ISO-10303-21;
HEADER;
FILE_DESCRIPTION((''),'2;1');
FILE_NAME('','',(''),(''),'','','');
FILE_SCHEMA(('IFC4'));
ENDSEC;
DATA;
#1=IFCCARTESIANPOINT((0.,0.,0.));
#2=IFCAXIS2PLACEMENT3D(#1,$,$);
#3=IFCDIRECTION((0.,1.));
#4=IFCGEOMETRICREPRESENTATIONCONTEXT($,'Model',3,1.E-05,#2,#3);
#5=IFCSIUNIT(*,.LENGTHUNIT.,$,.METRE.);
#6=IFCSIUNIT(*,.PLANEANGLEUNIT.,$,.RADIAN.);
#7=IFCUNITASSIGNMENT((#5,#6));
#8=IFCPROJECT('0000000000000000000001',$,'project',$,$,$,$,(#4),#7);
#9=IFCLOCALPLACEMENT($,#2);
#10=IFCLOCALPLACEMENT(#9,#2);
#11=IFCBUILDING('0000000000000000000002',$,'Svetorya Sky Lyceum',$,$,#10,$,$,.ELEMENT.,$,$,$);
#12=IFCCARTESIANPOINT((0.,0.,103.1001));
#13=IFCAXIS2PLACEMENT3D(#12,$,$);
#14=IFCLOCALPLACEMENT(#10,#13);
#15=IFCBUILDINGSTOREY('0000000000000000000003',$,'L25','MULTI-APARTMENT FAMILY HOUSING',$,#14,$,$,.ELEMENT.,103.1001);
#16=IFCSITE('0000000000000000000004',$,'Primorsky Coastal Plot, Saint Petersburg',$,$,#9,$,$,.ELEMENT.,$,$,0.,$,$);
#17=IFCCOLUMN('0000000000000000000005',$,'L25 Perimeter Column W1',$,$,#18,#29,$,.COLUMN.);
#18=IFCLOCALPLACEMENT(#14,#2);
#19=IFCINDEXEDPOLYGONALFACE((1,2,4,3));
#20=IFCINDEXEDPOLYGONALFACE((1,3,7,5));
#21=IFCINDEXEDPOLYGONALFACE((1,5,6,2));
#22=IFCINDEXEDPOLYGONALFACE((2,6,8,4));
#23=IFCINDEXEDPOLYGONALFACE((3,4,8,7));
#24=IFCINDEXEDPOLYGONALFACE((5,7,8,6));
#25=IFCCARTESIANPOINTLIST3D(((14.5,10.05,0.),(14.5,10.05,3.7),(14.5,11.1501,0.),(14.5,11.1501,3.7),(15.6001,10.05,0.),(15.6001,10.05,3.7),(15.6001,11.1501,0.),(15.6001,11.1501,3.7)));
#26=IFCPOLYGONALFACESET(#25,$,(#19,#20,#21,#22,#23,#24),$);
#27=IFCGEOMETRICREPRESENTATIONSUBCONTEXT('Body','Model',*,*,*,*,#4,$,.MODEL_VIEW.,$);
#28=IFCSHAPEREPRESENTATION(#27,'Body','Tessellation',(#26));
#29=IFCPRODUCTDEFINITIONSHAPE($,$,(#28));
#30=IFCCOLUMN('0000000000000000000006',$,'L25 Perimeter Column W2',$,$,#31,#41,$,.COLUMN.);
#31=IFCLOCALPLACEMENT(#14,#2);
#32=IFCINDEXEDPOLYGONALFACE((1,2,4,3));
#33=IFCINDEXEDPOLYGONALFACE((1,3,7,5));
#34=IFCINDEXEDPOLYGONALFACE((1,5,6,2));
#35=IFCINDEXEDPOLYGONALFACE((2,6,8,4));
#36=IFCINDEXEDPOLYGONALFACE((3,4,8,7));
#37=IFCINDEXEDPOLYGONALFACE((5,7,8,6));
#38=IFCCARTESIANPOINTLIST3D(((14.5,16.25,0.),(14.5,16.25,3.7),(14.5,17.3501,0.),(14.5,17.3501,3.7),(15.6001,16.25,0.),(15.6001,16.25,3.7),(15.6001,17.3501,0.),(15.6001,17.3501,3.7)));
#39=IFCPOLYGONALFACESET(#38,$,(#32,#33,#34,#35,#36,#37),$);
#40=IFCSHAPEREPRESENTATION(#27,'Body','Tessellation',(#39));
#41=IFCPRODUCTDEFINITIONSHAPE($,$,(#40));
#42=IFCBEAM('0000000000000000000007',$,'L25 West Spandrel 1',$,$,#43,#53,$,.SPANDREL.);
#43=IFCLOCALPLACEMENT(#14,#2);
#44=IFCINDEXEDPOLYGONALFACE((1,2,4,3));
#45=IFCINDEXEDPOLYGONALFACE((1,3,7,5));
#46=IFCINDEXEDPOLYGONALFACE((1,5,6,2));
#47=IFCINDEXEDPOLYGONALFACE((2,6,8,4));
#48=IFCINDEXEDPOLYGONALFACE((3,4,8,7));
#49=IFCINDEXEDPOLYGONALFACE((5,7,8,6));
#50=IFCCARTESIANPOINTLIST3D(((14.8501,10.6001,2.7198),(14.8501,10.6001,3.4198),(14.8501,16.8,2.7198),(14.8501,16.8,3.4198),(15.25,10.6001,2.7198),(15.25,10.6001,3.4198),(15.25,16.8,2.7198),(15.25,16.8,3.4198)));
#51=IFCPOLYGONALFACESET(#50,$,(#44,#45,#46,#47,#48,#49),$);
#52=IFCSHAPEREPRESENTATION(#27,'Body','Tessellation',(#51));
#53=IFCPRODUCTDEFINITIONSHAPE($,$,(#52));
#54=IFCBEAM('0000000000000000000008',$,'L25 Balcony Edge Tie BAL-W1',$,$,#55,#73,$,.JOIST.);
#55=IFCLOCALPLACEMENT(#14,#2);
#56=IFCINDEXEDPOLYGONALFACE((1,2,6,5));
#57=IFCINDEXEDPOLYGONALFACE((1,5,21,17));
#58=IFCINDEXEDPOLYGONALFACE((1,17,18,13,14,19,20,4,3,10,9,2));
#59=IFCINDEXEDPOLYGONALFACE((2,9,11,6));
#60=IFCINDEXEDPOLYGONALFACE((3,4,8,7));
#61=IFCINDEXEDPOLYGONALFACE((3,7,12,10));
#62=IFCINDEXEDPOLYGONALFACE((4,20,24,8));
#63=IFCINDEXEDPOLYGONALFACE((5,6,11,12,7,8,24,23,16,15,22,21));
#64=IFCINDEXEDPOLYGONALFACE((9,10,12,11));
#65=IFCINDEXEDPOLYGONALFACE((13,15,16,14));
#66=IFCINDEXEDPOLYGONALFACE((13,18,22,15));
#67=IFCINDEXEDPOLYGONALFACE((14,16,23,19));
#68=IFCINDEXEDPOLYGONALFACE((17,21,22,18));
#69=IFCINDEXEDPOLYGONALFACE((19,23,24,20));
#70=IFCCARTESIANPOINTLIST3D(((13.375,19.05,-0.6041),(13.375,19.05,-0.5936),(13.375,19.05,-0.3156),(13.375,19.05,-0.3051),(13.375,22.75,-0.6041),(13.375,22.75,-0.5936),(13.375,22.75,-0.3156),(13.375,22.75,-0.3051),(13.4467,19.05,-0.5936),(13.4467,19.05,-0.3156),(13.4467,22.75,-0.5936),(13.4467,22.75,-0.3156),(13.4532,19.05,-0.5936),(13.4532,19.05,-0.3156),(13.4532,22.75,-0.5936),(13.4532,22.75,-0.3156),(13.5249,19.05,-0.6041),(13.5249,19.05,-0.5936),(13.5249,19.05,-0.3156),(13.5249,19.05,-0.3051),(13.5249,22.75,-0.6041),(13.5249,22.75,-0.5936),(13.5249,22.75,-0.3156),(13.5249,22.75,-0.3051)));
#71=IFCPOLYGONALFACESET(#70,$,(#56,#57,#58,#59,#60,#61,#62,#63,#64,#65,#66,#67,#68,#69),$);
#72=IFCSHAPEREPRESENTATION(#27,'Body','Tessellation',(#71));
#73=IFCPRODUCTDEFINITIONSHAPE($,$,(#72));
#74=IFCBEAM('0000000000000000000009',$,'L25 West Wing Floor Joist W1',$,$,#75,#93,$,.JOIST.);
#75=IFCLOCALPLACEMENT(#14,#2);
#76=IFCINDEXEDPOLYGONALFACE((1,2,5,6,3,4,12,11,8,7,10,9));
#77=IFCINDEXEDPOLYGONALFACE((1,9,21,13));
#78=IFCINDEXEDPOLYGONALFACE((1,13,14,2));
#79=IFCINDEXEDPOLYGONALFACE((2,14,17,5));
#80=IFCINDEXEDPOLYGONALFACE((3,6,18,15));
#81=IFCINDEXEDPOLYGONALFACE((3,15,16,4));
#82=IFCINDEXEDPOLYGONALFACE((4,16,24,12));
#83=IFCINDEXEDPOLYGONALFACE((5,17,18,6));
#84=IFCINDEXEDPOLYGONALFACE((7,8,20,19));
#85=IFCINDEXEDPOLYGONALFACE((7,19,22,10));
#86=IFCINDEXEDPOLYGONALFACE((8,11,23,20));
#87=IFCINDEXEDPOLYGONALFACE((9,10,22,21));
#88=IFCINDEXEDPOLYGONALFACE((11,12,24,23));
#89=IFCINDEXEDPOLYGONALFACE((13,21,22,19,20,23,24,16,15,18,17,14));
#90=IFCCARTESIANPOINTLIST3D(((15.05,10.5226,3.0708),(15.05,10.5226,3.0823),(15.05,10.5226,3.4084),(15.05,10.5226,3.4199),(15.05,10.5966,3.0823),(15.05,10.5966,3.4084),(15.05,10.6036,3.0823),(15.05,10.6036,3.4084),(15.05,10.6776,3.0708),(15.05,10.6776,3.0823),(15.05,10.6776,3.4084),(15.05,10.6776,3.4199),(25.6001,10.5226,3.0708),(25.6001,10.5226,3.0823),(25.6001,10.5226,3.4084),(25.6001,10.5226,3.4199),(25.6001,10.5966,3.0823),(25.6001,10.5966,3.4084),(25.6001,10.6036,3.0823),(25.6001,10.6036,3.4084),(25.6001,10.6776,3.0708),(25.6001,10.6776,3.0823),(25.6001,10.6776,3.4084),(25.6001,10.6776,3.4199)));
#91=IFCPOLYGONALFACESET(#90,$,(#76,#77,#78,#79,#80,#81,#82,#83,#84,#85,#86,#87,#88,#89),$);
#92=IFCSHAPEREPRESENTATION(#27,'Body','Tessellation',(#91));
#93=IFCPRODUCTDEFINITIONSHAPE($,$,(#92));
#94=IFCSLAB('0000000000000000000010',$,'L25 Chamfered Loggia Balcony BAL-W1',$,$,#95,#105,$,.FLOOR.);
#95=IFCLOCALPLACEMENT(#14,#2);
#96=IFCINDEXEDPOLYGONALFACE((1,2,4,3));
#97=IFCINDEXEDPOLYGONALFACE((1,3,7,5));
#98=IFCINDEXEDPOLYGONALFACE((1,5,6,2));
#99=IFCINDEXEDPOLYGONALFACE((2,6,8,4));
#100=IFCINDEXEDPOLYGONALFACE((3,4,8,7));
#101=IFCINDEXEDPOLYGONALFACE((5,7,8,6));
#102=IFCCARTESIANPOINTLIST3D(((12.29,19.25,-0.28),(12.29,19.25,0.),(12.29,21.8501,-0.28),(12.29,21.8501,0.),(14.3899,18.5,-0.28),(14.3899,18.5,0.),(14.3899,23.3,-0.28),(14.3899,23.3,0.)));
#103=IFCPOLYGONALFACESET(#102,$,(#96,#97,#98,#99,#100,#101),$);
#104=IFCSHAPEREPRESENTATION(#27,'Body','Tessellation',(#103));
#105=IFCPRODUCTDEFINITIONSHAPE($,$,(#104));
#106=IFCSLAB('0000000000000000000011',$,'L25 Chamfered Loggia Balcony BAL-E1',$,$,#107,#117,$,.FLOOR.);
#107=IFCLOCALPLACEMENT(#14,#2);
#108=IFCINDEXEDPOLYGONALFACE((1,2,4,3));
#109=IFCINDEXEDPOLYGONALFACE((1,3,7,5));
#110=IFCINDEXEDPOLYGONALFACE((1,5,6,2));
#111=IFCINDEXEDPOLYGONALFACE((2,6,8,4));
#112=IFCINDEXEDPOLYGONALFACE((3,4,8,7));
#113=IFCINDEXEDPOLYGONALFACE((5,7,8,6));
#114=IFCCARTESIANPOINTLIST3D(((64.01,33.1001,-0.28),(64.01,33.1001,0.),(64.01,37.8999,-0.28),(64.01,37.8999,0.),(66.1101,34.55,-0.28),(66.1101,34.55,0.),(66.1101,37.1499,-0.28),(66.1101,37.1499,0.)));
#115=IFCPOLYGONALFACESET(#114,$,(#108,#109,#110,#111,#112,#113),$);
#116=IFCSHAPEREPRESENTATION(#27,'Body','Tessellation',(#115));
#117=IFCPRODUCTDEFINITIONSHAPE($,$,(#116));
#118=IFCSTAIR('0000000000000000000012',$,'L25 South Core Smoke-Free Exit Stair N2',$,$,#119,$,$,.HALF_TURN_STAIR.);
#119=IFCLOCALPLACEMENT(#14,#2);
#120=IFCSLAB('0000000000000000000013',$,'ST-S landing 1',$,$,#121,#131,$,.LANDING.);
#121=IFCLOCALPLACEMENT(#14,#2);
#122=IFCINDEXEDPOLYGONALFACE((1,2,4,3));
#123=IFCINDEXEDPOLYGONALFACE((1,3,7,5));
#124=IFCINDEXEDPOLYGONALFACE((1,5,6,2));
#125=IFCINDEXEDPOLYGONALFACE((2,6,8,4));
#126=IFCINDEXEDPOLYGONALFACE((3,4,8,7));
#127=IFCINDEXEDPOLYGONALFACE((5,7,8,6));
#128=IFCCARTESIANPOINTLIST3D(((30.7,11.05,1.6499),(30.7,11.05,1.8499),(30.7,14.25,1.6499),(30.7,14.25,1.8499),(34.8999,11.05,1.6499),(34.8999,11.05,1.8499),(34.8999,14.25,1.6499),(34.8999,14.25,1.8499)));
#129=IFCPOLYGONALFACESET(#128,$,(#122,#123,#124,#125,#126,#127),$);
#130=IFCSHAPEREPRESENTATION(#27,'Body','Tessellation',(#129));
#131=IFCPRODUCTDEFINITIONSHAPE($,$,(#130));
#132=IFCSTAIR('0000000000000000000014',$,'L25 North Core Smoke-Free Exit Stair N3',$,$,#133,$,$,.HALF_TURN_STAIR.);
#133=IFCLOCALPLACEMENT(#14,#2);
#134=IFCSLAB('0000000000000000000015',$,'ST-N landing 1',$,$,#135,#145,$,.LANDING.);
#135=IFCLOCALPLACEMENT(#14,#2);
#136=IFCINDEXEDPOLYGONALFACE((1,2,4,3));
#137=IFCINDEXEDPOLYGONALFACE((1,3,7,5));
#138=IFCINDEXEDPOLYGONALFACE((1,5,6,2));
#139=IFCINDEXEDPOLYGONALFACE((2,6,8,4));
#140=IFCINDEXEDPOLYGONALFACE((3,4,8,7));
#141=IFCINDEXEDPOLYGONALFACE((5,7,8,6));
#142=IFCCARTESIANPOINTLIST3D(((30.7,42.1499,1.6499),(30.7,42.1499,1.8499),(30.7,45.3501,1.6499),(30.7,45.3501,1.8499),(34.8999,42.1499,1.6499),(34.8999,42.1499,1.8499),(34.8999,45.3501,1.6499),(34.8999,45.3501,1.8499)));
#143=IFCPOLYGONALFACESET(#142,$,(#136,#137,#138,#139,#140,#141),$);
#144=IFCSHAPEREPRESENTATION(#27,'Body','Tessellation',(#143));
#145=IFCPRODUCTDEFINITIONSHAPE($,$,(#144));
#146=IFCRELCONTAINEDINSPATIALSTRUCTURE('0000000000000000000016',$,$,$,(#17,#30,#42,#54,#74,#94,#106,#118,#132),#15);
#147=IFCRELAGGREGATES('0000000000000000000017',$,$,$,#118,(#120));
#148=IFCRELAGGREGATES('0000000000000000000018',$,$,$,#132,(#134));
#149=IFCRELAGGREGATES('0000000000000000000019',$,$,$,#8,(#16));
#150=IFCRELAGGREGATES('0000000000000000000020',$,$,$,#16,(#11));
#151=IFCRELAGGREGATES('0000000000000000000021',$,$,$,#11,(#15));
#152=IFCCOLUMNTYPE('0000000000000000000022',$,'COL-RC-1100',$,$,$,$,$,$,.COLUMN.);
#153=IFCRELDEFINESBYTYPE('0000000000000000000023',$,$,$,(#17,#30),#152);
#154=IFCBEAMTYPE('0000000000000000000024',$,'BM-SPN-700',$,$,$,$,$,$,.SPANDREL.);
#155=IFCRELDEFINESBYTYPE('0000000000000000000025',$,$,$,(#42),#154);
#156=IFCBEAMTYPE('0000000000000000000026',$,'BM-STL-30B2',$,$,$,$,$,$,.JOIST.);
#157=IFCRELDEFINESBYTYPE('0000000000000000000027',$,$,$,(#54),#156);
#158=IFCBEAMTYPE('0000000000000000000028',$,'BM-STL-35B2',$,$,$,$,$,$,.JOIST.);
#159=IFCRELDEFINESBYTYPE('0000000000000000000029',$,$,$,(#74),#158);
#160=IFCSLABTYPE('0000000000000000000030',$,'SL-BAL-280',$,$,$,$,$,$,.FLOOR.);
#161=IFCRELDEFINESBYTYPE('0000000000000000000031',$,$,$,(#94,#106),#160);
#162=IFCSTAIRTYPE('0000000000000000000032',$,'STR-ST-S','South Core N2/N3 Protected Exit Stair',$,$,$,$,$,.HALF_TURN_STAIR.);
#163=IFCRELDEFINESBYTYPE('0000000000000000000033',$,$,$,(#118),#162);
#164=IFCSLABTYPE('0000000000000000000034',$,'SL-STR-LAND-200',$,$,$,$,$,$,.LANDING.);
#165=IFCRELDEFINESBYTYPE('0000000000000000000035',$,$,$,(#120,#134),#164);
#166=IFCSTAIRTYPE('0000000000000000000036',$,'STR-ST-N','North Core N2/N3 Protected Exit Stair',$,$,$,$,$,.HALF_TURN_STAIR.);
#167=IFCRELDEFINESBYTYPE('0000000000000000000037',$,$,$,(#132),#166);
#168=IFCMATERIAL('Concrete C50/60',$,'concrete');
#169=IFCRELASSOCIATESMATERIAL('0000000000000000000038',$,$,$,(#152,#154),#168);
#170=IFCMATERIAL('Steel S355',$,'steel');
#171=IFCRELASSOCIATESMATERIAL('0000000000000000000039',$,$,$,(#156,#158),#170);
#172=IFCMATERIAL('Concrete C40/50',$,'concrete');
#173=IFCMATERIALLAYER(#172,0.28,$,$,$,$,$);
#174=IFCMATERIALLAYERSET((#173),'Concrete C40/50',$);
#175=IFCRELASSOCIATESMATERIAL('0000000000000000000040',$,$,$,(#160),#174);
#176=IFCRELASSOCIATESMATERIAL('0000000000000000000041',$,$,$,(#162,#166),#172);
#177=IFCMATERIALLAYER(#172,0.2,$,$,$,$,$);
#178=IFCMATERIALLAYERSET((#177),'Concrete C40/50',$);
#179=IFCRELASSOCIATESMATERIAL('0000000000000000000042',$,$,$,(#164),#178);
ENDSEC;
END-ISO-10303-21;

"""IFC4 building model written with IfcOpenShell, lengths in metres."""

from ifc_helpers import new_model, si_unit, direction, frame, origin, origin_2d, place, context, subcontext, project, spatial, polyline, rectangle, i_section, outline, extrude, material, layer, layer_set, material_profile, profile_set, type_object, element, aggregate, save


model = new_model("IFC4")

# Units and contexts
model_context = context("Model", 3, precision=1e-05, world=origin(), true_north=direction((0.0, 1.0)))
body_context = subcontext(model_context, "Body", "Model", "MODEL_VIEW")
ifc_project = project(units=[si_unit("LENGTHUNIT", "METRE"), si_unit("PLANEANGLEUNIT", "RADIAN")], contexts=[model_context])

# Site, building, storey
site_placement = place(None, origin())
site = spatial("IfcSite", under=ifc_project, at=site_placement, Name="Primorsky Coastal Plot, Saint Petersburg", CompositionType="ELEMENT", RefElevation=0.0)
building_placement = place(site_placement, origin())
building = spatial("IfcBuilding", under=site, at=building_placement, Name="Svetorya Sky Lyceum", CompositionType="ELEMENT")
storey_placement = place(building_placement, frame((0.0, 0.0, 103.1001)))
storey = spatial("IfcBuildingStorey", under=building, at=storey_placement, Name="L25", Description="MULTI-APARTMENT FAMILY HOUSING", CompositionType="ELEMENT", Elevation=103.1001)

# Columns
ifc_material_1 = material(Name="Concrete C50/60", Category="concrete")
ifc_material_profile_1 = material_profile(ifc_material_1, rectangle(XDim=1.1001, YDim=1.1001, at=origin_2d()), Name="RC COL 1100x1100")
ifc_profile_set_1 = profile_set([ifc_material_profile_1], Name="Concrete C50/60")
column_type = type_object("IfcColumnType", Name="COL-RC-1100", PredefinedType="COLUMN", material=ifc_profile_set_1)
for number, where, z_axis, x_axis, name in (
    (1, (15.05, 10.6001, 0.0), (0.0, 0.0, 1.0), (1.0, 0.0, 0.0), "L25 Perimeter Column W1"),
    (2, (15.05, 16.8, 0.0), (0.0, 0.0, 1.0), (1.0, 0.0, 0.0), "L25 Perimeter Column W2"),
):
    element("IfcColumn", number, at=place(storey_placement, frame(where, z_axis=z_axis, x_axis=x_axis)), inside=storey, type_object=column_type, Name=name, PredefinedType="COLUMN", context=body_context, shape_type="SweptSolid", body=[
        extrude(rectangle(XDim=1.1001, YDim=1.1001, at=origin_2d()), origin(), (0.0, 0.0, 1.0), 3.7),
    ])

# Beams
ifc_material_profile_2 = material_profile(ifc_material_1, rectangle(XDim=0.3999, YDim=0.7, at=origin_2d()), Name="RC SPANDREL 400x700")
ifc_profile_set_2 = profile_set([ifc_material_profile_2], Name="Concrete C50/60")
beam_type_1 = type_object("IfcBeamType", Name="BM-SPN-700", PredefinedType="SPANDREL", material=ifc_profile_set_2)
beam_1_placement = place(storey_placement, frame((15.05, 10.6001, 3.0698), z_axis=(0.0, 1.0, 0.0), x_axis=(-1.0, 0.0, 0.0)))
element("IfcBeam", 3, at=beam_1_placement, inside=storey, type_object=beam_type_1, Name="L25 West Spandrel 1", PredefinedType="SPANDREL", context=body_context, shape_type="SweptSolid", body=[
    extrude(rectangle(XDim=0.3999, YDim=0.7, at=origin_2d()), origin(), (0.0, 0.0, 1.0), 6.2),
])
ifc_material_2 = material(Name="Steel S355", Category="steel")
ifc_material_profile_3 = material_profile(ifc_material_2, i_section(OverallWidth=0.1499, OverallDepth=0.2991, WebThickness=0.0066, FlangeThickness=0.0105, at=origin_2d()), Name="GOST 30B2")
ifc_profile_set_3 = profile_set([ifc_material_profile_3], Name="Steel S355")
beam_type_2 = type_object("IfcBeamType", Name="BM-STL-30B2", PredefinedType="JOIST", material=ifc_profile_set_3)
beam_2_placement = place(storey_placement, frame((13.45, 19.05, -0.4546), z_axis=(0.0, 1.0, 0.0), x_axis=(-1.0, 0.0, 0.0)))
element("IfcBeam", 4, at=beam_2_placement, inside=storey, type_object=beam_type_2, Name="L25 Balcony Edge Tie BAL-W1", PredefinedType="JOIST", context=body_context, shape_type="SweptSolid", body=[
    extrude(i_section(OverallWidth=0.1499, OverallDepth=0.2991, WebThickness=0.0066, FlangeThickness=0.0105, at=origin_2d()), origin(), (0.0, 0.0, 1.0), 3.7),
])
ifc_material_profile_4 = material_profile(ifc_material_2, i_section(OverallWidth=0.155, OverallDepth=0.3491, WebThickness=0.0071, FlangeThickness=0.0115, at=origin_2d()), Name="GOST 35B2")
ifc_profile_set_4 = profile_set([ifc_material_profile_4], Name="Steel S355")
beam_type_3 = type_object("IfcBeamType", Name="BM-STL-35B2", PredefinedType="JOIST", material=ifc_profile_set_4)
beam_3_placement = place(storey_placement, frame((15.05, 10.6001, 3.2454), z_axis=(1.0, 0.0, 0.0), x_axis=(0.0, 1.0, 0.0)))
element("IfcBeam", 5, at=beam_3_placement, inside=storey, type_object=beam_type_3, Name="L25 West Wing Floor Joist W1", PredefinedType="JOIST", context=body_context, shape_type="SweptSolid", body=[
    extrude(i_section(OverallWidth=0.155, OverallDepth=0.3491, WebThickness=0.0071, FlangeThickness=0.0115, at=origin_2d()), origin(), (0.0, 0.0, 1.0), 10.55),
])

# Slabs
ifc_material_3 = material(Name="Concrete C40/50", Category="concrete")
ifc_layer_1 = layer(ifc_material_3, 0.28)
ifc_layer_set_1 = layer_set([ifc_layer_1], Name="Concrete C40/50")
slab_type_1 = type_object("IfcSlabType", Name="SL-BAL-280", PredefinedType="FLOOR", material=ifc_layer_set_1)
slab_1_placement = place(storey_placement, frame((0.0, 0.0, -0.28)))
element("IfcSlab", 6, at=slab_1_placement, inside=storey, type_object=slab_type_1, Name="L25 Chamfered Loggia Balcony BAL-W1", PredefinedType="FLOOR", context=body_context, shape_type="SweptSolid", body=[
    extrude(outline(polyline([(14.3899, 18.5), (14.3899, 23.3), (12.29, 21.8501), (12.29, 19.25), (14.3899, 18.5)])), origin(), (0.0, 0.0, 1.0), 0.28),
])
slab_2_placement = place(storey_placement, frame((0.0, 0.0, -0.28)))
element("IfcSlab", 7, at=slab_2_placement, inside=storey, type_object=slab_type_1, Name="L25 Chamfered Loggia Balcony BAL-E1", PredefinedType="FLOOR", context=body_context, shape_type="SweptSolid", body=[
    extrude(outline(polyline([(64.01, 33.1001), (66.1101, 34.55), (66.1101, 37.1499), (64.01, 37.8999), (64.01, 33.1001)])), origin(), (0.0, 0.0, 1.0), 0.28),
])

# Stairs, slabs
stair_type_1 = type_object("IfcStairType", Name="STR-ST-S", Description="South Core N2/N3 Protected Exit Stair", PredefinedType="HALF_TURN_STAIR", material=ifc_material_3)
stair_1_placement = place(storey_placement, origin())
stair_1 = element("IfcStair", 8, at=stair_1_placement, inside=storey, type_object=stair_type_1, Name="L25 South Core Smoke-Free Exit Stair N2", PredefinedType="HALF_TURN_STAIR")
ifc_layer_2 = layer(ifc_material_3, 0.2)
ifc_layer_set_2 = layer_set([ifc_layer_2], Name="Concrete C40/50")
slab_type_2 = type_object("IfcSlabType", Name="SL-STR-LAND-200", PredefinedType="LANDING", material=ifc_layer_set_2)
slab_3_placement = place(storey_placement, frame((0.0, 0.0, 1.6499)))
slab_3 = element("IfcSlab", 9, at=slab_3_placement, type_object=slab_type_2, Name="ST-S landing 1", PredefinedType="LANDING", context=body_context, shape_type="SweptSolid", body=[
    extrude(outline(polyline([(30.7, 11.05), (34.8999, 11.05), (34.8999, 14.25), (30.7, 14.25), (30.7, 11.05)])), origin(), (0.0, 0.0, 1.0), 0.2),
])
aggregate(stair_1, [slab_3])
stair_type_2 = type_object("IfcStairType", Name="STR-ST-N", Description="North Core N2/N3 Protected Exit Stair", PredefinedType="HALF_TURN_STAIR", material=ifc_material_3)
stair_2_placement = place(storey_placement, origin())
stair_2 = element("IfcStair", 10, at=stair_2_placement, inside=storey, type_object=stair_type_2, Name="L25 North Core Smoke-Free Exit Stair N3", PredefinedType="HALF_TURN_STAIR")
slab_4_placement = place(storey_placement, frame((0.0, 0.0, 1.6499)))
slab_4 = element("IfcSlab", 11, at=slab_4_placement, type_object=slab_type_2, Name="ST-N landing 1", PredefinedType="LANDING", context=body_context, shape_type="SweptSolid", body=[
    extrude(outline(polyline([(30.7, 42.1499), (34.8999, 42.1499), (34.8999, 45.3501), (30.7, 45.3501), (30.7, 42.1499)])), origin(), (0.0, 0.0, 1.0), 0.2),
])
aggregate(stair_2, [slab_4])

save(model, "model.ifc")
